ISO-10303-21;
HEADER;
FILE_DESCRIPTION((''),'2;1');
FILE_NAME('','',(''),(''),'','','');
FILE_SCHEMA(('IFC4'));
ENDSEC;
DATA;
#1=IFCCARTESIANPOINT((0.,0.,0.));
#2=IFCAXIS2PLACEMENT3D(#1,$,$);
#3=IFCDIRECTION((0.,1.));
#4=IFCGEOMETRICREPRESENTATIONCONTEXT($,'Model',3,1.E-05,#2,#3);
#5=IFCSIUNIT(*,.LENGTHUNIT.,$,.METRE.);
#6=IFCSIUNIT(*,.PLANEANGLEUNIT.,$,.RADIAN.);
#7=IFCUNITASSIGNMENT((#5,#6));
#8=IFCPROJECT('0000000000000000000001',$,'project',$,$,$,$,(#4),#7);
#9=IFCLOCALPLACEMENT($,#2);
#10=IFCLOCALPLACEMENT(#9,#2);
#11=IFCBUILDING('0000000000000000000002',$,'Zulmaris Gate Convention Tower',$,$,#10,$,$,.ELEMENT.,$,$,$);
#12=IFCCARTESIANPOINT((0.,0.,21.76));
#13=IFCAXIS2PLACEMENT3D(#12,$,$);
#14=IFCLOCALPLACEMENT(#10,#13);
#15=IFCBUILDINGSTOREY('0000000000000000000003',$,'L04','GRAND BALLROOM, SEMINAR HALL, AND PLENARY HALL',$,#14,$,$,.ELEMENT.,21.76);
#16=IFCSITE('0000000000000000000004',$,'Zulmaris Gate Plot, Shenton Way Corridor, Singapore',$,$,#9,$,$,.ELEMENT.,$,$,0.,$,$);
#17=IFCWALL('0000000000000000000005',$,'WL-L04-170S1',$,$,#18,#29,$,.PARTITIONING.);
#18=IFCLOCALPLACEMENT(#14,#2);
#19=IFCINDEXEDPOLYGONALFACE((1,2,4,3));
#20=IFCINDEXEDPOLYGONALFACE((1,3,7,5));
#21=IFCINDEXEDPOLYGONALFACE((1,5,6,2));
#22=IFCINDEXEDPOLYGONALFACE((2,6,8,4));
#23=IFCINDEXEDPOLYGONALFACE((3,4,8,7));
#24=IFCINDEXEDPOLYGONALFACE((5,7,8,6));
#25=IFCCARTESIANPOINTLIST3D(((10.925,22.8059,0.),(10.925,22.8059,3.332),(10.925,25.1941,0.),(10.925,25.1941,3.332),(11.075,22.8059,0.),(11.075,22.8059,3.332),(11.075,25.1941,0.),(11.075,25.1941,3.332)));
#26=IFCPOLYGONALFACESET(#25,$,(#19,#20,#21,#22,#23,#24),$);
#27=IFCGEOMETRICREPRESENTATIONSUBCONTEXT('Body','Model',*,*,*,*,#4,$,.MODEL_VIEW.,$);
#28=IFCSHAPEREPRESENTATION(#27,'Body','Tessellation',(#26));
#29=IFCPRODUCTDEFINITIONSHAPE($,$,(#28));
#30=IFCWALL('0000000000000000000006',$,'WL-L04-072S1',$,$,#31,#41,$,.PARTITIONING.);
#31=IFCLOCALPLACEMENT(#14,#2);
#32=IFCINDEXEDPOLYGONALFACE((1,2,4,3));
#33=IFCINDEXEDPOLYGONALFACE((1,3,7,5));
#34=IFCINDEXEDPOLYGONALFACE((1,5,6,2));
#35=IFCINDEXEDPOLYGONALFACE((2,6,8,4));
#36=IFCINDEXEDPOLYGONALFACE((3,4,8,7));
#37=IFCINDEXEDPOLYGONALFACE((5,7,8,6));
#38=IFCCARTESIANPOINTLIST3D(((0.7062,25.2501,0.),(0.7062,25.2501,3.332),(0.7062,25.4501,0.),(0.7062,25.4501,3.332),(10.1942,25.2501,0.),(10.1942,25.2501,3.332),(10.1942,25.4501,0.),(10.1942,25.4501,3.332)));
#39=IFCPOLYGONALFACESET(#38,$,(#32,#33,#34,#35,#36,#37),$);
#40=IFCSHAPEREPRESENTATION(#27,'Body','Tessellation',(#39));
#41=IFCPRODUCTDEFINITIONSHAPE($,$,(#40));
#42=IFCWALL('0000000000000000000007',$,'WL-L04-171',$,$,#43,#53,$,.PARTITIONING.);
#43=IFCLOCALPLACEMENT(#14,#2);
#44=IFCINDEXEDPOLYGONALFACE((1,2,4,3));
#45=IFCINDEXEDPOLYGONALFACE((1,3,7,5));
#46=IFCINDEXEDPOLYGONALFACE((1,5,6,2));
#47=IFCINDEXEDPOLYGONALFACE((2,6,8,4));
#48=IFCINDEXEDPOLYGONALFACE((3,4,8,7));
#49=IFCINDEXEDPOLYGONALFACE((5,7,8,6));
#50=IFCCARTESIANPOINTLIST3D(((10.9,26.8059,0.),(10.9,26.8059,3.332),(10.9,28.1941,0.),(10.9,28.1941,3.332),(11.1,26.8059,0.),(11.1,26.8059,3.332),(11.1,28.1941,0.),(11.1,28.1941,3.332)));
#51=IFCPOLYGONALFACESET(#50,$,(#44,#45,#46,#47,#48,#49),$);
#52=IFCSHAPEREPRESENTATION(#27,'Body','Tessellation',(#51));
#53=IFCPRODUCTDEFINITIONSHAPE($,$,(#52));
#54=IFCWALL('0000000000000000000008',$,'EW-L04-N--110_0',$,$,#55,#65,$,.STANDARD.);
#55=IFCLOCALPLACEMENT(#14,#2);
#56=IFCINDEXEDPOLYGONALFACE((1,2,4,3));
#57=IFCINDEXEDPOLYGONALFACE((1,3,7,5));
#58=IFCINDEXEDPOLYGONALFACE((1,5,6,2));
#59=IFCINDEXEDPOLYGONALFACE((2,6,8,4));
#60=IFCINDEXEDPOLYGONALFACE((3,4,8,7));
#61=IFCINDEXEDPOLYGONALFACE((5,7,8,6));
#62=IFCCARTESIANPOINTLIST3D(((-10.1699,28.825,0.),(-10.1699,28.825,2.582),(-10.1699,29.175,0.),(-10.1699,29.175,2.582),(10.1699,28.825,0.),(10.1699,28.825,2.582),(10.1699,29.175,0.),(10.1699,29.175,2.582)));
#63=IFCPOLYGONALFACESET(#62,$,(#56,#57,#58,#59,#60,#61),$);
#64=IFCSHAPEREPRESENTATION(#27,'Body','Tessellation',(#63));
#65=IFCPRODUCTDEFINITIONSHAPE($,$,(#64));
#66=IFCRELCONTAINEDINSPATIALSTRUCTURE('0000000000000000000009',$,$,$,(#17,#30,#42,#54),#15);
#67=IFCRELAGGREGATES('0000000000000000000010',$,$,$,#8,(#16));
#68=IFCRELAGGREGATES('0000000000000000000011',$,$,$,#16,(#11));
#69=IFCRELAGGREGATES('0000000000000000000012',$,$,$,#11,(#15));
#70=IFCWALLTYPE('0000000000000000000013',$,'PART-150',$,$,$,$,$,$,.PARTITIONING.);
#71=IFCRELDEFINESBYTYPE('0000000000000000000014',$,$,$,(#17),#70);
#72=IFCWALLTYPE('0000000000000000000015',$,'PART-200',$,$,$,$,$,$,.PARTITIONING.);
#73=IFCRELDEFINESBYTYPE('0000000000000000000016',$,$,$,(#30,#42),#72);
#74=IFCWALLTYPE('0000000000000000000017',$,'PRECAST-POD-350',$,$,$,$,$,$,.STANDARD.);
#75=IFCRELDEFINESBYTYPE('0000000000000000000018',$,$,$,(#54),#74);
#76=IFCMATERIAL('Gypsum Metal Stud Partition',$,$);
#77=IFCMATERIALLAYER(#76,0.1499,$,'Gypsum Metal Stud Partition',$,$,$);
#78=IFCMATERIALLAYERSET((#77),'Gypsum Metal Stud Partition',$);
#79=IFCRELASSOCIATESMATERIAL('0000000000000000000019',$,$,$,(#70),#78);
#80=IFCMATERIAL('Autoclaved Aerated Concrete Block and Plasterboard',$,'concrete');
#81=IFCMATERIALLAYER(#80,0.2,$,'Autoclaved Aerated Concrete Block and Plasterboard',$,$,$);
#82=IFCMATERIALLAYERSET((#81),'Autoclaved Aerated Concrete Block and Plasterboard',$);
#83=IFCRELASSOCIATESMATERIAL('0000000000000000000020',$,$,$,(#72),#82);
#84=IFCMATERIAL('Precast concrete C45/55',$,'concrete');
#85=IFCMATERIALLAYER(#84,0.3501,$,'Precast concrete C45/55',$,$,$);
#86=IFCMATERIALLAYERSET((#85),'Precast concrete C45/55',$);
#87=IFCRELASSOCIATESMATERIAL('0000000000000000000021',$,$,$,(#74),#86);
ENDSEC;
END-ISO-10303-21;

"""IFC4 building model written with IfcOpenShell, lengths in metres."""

from ifc_helpers import new_model, si_unit, direction, frame, frame_2d, origin, place, context, subcontext, project, spatial, rectangle, extrude, material, layer, layer_set, type_object, element, save


model = new_model("IFC4")

# Units and contexts
model_context = context("Model", 3, precision=1e-05, world=origin(), true_north=direction((0.0, 1.0)))
body_context = subcontext(model_context, "Body", "Model", "MODEL_VIEW")
ifc_project = project(units=[si_unit("LENGTHUNIT", "METRE"), si_unit("PLANEANGLEUNIT", "RADIAN")], contexts=[model_context])

# Site, building, storey
site_placement = place(None, origin())
site = spatial("IfcSite", under=ifc_project, at=site_placement, Name="Zulmaris Gate Plot, Shenton Way Corridor, Singapore", CompositionType="ELEMENT", RefElevation=0.0)
building_placement = place(site_placement, origin())
building = spatial("IfcBuilding", under=site, at=building_placement, Name="Zulmaris Gate Convention Tower", CompositionType="ELEMENT")
storey_placement = place(building_placement, frame((0.0, 0.0, 21.76)))
storey = spatial("IfcBuildingStorey", under=building, at=storey_placement, Name="L04", Description="GRAND BALLROOM, SEMINAR HALL, AND PLENARY HALL", CompositionType="ELEMENT", Elevation=21.76)

# Walls
ifc_material_1 = material(Name="Gypsum Metal Stud Partition")
ifc_layer_1 = layer(ifc_material_1, 0.1499, Name="Gypsum Metal Stud Partition")
ifc_layer_set_1 = layer_set([ifc_layer_1], Name="Gypsum Metal Stud Partition")
wall_type_1 = type_object("IfcWallType", Name="PART-150", PredefinedType="PARTITIONING", material=ifc_layer_set_1)
wall_1_placement = place(storey_placement, frame((11.0, 22.8059, 0.0), z_axis=(0.0, 0.0, 1.0), x_axis=(0.0, 1.0, 0.0)))
element("IfcWall", 1, at=wall_1_placement, inside=storey, type_object=wall_type_1, Name="WL-L04-170S1", PredefinedType="PARTITIONING", context=body_context, shape_type="SweptSolid", body=[
    extrude(rectangle(XDim=2.3882, YDim=0.1499, at=frame_2d((1.1941, 0.0))), origin(), (0.0, 0.0, 1.0), 3.332),
])
ifc_material_2 = material(Name="Autoclaved Aerated Concrete Block and Plasterboard", Category="concrete")
ifc_layer_2 = layer(ifc_material_2, 0.2, Name="Autoclaved Aerated Concrete Block and Plasterboard")
ifc_layer_set_2 = layer_set([ifc_layer_2], Name="Autoclaved Aerated Concrete Block and Plasterboard")
wall_type_2 = type_object("IfcWallType", Name="PART-200", PredefinedType="PARTITIONING", material=ifc_layer_set_2)
wall_2_placement = place(storey_placement, frame((0.7061, 25.3501, 0.0), z_axis=(0.0, 0.0, 1.0), x_axis=(1.0, 0.0, 0.0)))
element("IfcWall", 2, at=wall_2_placement, inside=storey, type_object=wall_type_2, Name="WL-L04-072S1", PredefinedType="PARTITIONING", context=body_context, shape_type="SweptSolid", body=[
    extrude(rectangle(XDim=9.488, YDim=0.2, at=frame_2d((4.7441, 0.0))), origin(), (0.0, 0.0, 1.0), 3.332),
])
wall_3_placement = place(storey_placement, frame((11.0, 26.8059, 0.0), z_axis=(0.0, 0.0, 1.0), x_axis=(0.0, 1.0, 0.0)))
element("IfcWall", 3, at=wall_3_placement, inside=storey, type_object=wall_type_2, Name="WL-L04-171", PredefinedType="PARTITIONING", context=body_context, shape_type="SweptSolid", body=[
    extrude(rectangle(XDim=1.3882, YDim=0.2, at=frame_2d((0.6941, 0.0))), origin(), (0.0, 0.0, 1.0), 3.332),
])
ifc_material_3 = material(Name="Precast concrete C45/55", Category="concrete")
ifc_layer_3 = layer(ifc_material_3, 0.3501, Name="Precast concrete C45/55")
ifc_layer_set_3 = layer_set([ifc_layer_3], Name="Precast concrete C45/55")
wall_type_3 = type_object("IfcWallType", Name="PRECAST-POD-350", PredefinedType="STANDARD", material=ifc_layer_set_3)
wall_4_placement = place(storey_placement, frame((10.1699, 29.0, 0.0), z_axis=(0.0, 0.0, 1.0), x_axis=(-1.0, 0.0, 0.0)))
element("IfcWall", 4, at=wall_4_placement, inside=storey, type_object=wall_type_3, Name="EW-L04-N--110_0", PredefinedType="STANDARD", context=body_context, shape_type="SweptSolid", body=[
    extrude(rectangle(XDim=20.3398, YDim=0.3501, at=frame_2d((10.1699, 0.0))), origin(), (0.0, 0.0, 1.0), 2.582),
])

save(model, "model.ifc")
